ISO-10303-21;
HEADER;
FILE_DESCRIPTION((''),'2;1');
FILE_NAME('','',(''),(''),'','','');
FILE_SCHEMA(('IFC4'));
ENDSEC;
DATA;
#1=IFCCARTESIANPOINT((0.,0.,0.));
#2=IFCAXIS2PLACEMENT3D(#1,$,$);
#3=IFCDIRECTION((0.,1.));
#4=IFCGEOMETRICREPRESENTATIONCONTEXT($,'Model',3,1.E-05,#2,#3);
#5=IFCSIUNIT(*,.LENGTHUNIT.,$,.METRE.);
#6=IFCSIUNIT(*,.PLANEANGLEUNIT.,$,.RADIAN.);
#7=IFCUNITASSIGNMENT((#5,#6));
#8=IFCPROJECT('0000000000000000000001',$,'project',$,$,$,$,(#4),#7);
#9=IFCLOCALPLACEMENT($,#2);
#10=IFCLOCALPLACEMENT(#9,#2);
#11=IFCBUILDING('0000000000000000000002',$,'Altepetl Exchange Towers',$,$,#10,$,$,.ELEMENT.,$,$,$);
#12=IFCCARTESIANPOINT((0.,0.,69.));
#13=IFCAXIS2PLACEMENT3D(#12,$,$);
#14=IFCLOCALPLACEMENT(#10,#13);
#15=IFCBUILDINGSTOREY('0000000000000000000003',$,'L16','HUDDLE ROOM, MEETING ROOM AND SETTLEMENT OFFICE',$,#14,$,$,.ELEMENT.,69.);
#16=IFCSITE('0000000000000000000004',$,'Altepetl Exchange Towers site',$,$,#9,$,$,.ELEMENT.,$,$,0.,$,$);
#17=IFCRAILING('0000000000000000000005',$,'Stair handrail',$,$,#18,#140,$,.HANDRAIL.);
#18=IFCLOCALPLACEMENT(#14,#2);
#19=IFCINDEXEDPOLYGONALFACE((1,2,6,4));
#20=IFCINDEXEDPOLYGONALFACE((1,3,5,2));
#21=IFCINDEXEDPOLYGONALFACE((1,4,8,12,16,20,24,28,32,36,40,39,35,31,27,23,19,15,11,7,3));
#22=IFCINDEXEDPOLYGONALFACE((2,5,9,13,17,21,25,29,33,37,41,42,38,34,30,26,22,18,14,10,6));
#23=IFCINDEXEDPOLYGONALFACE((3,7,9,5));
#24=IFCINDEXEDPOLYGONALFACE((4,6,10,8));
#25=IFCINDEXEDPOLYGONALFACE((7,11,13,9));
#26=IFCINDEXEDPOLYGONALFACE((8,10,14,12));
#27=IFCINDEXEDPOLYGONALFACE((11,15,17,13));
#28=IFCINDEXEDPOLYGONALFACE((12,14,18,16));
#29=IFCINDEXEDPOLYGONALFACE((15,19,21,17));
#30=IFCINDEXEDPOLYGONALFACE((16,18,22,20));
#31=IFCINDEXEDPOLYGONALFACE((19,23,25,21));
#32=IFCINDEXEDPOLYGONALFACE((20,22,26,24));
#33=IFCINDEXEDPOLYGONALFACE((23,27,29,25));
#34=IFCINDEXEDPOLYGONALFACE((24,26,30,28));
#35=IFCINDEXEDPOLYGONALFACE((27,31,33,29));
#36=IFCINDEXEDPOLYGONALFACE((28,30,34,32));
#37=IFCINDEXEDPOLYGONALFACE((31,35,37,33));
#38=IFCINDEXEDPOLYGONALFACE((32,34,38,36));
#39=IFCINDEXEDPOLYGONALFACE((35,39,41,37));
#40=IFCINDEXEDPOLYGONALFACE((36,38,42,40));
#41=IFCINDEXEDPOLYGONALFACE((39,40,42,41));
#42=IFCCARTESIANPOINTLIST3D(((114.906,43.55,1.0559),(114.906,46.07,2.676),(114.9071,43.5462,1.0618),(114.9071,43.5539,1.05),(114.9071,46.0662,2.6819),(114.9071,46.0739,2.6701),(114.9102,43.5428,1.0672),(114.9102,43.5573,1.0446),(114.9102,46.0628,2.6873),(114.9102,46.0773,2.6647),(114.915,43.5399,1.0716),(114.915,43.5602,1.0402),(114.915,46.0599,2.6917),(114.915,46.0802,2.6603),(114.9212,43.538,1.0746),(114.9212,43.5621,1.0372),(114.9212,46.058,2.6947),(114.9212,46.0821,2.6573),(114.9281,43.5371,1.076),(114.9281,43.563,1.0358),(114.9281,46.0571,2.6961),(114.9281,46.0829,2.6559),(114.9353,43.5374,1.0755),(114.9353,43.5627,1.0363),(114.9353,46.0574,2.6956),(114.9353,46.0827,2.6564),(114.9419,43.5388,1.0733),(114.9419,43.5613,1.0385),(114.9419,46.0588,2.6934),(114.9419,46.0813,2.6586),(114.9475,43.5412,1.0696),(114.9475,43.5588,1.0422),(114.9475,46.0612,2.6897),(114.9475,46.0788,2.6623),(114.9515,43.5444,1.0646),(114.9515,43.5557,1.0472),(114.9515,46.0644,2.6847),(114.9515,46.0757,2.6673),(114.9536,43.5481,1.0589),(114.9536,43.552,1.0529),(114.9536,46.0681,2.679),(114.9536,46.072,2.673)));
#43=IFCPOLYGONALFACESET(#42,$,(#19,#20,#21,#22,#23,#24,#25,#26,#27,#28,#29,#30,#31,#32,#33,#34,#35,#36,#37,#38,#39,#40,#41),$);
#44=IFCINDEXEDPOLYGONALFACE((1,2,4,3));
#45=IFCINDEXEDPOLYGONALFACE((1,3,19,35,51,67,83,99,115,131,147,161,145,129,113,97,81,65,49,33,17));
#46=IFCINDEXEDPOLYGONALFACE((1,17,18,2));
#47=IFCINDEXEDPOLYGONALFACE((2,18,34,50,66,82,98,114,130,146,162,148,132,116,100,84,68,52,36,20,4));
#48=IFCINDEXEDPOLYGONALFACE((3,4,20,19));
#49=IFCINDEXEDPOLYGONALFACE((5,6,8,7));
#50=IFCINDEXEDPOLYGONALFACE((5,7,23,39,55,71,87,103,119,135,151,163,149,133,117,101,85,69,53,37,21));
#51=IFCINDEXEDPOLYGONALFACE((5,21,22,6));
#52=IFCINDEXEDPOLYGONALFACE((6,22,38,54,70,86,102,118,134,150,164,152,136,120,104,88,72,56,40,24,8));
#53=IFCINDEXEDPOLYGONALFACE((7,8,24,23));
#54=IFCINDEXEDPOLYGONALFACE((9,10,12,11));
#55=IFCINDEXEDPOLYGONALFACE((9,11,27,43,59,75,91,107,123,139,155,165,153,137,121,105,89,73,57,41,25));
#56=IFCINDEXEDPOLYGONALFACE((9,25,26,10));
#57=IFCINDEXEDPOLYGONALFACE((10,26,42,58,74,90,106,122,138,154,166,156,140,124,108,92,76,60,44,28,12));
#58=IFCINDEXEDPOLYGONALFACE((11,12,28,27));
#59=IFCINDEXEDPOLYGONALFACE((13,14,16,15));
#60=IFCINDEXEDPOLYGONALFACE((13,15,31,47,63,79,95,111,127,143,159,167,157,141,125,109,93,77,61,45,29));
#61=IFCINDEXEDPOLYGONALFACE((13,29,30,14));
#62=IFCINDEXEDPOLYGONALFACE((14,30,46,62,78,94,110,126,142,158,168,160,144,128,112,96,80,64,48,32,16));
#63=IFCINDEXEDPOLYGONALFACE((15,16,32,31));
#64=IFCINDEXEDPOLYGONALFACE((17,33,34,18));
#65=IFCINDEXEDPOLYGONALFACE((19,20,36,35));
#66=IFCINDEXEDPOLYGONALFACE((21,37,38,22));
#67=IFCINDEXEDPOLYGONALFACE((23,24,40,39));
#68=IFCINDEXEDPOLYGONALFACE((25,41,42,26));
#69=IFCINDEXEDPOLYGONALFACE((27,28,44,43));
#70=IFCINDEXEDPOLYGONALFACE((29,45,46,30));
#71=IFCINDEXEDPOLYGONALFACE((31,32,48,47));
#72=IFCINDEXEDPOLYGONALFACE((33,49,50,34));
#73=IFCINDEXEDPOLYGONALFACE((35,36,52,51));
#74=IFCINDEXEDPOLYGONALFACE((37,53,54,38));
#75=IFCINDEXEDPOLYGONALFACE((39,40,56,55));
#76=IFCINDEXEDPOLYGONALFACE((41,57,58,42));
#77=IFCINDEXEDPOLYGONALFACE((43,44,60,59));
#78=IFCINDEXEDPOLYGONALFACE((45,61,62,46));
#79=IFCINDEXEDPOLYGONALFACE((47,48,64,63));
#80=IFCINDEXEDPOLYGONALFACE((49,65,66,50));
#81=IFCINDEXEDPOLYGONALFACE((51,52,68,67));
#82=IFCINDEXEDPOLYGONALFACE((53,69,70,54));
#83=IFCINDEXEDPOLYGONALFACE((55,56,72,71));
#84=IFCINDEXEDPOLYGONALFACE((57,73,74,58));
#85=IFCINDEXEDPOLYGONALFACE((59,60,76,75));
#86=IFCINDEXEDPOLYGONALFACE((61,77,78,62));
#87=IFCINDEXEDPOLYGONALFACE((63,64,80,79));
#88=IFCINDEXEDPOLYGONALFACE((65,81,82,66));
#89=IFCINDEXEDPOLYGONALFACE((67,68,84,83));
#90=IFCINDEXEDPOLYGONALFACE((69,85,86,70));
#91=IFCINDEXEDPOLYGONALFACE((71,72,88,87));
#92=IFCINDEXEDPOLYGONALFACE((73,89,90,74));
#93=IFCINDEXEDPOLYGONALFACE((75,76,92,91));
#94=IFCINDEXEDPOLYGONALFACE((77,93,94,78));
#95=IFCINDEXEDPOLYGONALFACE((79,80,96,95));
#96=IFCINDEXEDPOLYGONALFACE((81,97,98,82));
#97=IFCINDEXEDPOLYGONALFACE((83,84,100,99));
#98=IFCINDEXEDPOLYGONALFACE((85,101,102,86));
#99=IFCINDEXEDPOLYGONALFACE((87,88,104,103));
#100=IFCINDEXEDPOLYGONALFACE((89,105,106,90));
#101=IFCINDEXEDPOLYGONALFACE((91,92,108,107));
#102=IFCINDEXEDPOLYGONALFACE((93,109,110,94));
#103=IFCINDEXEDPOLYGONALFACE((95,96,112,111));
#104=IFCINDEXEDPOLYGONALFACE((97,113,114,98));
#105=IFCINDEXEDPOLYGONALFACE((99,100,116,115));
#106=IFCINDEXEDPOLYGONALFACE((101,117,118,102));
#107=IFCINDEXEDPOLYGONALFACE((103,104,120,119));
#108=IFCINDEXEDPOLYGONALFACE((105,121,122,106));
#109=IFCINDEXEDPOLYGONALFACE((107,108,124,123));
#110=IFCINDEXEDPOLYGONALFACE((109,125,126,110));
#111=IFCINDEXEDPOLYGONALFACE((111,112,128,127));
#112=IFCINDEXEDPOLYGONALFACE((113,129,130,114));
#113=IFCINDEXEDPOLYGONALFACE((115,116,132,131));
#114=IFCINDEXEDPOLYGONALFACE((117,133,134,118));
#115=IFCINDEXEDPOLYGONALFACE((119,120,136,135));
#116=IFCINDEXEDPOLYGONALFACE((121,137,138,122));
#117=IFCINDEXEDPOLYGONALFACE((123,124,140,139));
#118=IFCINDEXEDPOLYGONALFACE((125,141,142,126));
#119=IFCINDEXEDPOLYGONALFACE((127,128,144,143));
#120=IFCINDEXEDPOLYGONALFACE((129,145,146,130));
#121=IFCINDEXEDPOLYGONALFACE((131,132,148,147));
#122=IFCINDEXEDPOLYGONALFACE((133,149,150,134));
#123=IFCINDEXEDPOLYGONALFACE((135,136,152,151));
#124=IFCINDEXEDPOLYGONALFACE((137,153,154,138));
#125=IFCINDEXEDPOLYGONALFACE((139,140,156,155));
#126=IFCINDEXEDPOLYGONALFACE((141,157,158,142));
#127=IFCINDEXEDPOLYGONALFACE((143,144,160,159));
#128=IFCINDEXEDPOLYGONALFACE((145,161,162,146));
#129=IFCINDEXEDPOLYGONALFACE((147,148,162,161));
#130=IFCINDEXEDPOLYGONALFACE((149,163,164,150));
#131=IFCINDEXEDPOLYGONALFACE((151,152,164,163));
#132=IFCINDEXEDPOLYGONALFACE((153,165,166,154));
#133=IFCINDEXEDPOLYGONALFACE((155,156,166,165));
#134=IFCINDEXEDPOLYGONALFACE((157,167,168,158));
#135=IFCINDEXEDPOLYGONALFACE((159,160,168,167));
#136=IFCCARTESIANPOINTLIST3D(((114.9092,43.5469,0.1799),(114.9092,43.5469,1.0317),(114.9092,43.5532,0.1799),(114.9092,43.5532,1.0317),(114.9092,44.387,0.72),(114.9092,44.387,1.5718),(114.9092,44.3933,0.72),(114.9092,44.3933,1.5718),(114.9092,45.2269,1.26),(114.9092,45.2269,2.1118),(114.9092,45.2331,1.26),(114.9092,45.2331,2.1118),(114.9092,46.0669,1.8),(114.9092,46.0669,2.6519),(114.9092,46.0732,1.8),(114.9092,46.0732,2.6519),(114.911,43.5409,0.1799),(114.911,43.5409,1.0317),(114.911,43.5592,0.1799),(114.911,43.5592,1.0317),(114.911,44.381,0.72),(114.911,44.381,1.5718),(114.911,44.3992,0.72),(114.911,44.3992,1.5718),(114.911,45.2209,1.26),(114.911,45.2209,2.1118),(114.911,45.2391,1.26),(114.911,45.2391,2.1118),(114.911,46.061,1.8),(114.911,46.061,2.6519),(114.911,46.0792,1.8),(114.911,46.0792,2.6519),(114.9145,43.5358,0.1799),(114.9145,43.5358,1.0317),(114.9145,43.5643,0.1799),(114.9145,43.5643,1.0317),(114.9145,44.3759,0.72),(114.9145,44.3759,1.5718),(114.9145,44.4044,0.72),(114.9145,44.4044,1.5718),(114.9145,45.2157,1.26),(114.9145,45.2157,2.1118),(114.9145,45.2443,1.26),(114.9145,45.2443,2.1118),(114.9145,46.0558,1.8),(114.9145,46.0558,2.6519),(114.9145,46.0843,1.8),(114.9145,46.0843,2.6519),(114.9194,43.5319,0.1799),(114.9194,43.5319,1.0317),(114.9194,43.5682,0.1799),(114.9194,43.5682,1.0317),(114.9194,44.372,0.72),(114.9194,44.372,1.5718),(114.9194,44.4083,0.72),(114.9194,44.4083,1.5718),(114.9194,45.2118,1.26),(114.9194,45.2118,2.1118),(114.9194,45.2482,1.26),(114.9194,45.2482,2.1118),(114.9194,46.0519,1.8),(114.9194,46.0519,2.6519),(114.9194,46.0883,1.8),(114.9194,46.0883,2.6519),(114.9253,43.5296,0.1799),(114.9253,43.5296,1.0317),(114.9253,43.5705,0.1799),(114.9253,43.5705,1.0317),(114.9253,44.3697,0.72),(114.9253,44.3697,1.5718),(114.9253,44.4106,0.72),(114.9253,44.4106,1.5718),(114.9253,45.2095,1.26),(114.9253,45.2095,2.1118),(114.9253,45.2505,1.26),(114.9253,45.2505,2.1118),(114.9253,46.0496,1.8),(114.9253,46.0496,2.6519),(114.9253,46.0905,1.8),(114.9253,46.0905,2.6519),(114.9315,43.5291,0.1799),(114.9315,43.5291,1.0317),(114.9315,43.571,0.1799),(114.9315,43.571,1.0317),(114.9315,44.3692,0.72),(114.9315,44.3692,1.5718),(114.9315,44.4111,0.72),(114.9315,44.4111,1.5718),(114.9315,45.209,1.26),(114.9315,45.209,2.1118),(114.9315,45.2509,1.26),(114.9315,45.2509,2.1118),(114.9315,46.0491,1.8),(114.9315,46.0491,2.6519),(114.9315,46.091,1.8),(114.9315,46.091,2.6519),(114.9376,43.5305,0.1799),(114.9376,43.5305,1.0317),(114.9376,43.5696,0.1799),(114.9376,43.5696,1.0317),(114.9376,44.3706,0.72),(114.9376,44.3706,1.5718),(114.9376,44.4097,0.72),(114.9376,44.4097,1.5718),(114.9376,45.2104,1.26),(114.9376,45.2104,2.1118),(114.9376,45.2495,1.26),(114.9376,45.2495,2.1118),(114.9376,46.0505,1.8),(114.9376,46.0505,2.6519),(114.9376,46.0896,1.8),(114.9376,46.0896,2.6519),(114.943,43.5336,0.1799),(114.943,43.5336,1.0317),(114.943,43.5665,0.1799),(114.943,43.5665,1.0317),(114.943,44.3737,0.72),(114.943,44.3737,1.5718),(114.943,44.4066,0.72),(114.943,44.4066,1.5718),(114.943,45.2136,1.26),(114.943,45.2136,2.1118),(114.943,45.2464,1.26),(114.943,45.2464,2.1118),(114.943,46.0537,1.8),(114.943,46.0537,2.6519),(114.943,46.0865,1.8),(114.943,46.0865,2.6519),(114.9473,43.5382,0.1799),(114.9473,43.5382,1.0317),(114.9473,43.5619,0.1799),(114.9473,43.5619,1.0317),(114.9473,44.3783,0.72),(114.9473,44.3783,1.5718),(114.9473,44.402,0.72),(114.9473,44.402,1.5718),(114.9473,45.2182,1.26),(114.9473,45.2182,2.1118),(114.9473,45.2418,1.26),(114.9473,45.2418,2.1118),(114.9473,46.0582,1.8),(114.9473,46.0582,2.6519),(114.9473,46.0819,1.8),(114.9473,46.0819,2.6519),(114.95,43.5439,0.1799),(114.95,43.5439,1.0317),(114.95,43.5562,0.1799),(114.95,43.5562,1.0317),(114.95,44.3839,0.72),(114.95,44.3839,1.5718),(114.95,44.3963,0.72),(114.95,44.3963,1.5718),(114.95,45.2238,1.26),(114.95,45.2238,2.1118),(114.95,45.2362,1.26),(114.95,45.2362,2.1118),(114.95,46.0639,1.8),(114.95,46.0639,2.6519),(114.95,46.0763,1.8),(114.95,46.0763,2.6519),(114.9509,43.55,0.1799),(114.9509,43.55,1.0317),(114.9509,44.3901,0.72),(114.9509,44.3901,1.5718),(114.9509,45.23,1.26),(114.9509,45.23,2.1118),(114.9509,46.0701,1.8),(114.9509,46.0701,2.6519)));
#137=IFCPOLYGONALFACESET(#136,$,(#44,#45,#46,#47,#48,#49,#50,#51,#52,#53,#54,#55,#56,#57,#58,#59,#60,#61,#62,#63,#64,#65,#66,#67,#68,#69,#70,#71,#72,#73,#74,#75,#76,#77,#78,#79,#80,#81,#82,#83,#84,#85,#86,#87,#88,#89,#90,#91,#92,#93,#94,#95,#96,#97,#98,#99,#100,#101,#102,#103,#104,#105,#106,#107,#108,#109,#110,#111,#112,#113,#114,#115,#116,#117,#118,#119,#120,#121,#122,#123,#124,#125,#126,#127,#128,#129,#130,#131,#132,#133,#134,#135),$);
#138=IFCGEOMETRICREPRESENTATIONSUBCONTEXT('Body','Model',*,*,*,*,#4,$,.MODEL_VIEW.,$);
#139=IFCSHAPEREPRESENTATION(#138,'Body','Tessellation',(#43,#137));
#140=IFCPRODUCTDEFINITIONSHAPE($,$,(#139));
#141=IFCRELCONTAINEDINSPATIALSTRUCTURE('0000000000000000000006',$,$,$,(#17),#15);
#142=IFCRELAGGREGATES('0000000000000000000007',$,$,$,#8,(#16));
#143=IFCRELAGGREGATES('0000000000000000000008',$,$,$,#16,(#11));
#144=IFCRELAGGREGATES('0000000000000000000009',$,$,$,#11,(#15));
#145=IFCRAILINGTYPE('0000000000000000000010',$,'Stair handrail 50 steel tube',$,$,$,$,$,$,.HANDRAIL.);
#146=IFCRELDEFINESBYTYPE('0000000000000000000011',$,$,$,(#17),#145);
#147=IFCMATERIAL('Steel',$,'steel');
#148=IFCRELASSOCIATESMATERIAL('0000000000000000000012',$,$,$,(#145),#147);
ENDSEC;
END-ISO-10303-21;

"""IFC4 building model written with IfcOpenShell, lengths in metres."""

from ifc_helpers import new_model, si_unit, direction, frame, origin, origin_2d, place, context, subcontext, project, spatial, circle, extrude, source, transform, mapped, material, type_object, element, save


model = new_model("IFC4")

# Units and contexts
model_context = context("Model", 3, precision=1e-05, world=origin(), true_north=direction((0.0, 1.0)))
body_context = subcontext(model_context, "Body", "Model", "MODEL_VIEW")
ifc_project = project(units=[si_unit("LENGTHUNIT", "METRE"), si_unit("PLANEANGLEUNIT", "RADIAN")], contexts=[model_context])

# Site, building, storey
site_placement = place(None, origin())
site = spatial("IfcSite", under=ifc_project, at=site_placement, Name="Altepetl Exchange Towers site", CompositionType="ELEMENT", RefElevation=0.0)
building_placement = place(site_placement, origin())
building = spatial("IfcBuilding", under=site, at=building_placement, Name="Altepetl Exchange Towers", CompositionType="ELEMENT")
storey_placement = place(building_placement, frame((0.0, 0.0, 69.0)))
storey = spatial("IfcBuildingStorey", under=building, at=storey_placement, Name="L16", Description="HUDDLE ROOM, MEETING ROOM AND SETTLEMENT OFFICE", CompositionType="ELEMENT", Elevation=69.0)

# Railing
ifc_material_1 = material(Name="Steel", Category="steel")
railing_type = type_object("IfcRailingType", Name="Stair handrail 50 steel tube", PredefinedType="HANDRAIL", material=ifc_material_1)
shared_shape = source(origin(), body_context, "Body", "SweptSolid", [
    extrude(circle(Radius=0.021, at=origin_2d()), origin(), (0.0, 0.0, 1.0), 0.8518),
])
railing_1_placement = place(storey_placement, frame((114.9299, 43.55, 0.1799)))
element("IfcRailing", 1, at=railing_1_placement, inside=storey, type_object=railing_type, Name="Stair handrail", PredefinedType="HANDRAIL", context=body_context, shape_type="SweptSolid", body=[
    extrude(circle(Radius=0.0239, at=origin_2d()), frame((0.0, 0.0, 0.876), z_axis=(0.0, 0.841163, 0.540782), x_axis=(-1.0, 0.0, 0.0)), (0.0, 0.0, 1.0), 2.9958),
    mapped(shared_shape, transform((0.0, 0.0, 0.0))),
    mapped(shared_shape, transform((0.0, 0.8401, 0.54))),
    mapped(shared_shape, transform((0.0, 1.6799, 1.0801))),
    mapped(shared_shape, transform((0.0, 2.52, 1.6201))),
])

save(model, "model.ifc")
